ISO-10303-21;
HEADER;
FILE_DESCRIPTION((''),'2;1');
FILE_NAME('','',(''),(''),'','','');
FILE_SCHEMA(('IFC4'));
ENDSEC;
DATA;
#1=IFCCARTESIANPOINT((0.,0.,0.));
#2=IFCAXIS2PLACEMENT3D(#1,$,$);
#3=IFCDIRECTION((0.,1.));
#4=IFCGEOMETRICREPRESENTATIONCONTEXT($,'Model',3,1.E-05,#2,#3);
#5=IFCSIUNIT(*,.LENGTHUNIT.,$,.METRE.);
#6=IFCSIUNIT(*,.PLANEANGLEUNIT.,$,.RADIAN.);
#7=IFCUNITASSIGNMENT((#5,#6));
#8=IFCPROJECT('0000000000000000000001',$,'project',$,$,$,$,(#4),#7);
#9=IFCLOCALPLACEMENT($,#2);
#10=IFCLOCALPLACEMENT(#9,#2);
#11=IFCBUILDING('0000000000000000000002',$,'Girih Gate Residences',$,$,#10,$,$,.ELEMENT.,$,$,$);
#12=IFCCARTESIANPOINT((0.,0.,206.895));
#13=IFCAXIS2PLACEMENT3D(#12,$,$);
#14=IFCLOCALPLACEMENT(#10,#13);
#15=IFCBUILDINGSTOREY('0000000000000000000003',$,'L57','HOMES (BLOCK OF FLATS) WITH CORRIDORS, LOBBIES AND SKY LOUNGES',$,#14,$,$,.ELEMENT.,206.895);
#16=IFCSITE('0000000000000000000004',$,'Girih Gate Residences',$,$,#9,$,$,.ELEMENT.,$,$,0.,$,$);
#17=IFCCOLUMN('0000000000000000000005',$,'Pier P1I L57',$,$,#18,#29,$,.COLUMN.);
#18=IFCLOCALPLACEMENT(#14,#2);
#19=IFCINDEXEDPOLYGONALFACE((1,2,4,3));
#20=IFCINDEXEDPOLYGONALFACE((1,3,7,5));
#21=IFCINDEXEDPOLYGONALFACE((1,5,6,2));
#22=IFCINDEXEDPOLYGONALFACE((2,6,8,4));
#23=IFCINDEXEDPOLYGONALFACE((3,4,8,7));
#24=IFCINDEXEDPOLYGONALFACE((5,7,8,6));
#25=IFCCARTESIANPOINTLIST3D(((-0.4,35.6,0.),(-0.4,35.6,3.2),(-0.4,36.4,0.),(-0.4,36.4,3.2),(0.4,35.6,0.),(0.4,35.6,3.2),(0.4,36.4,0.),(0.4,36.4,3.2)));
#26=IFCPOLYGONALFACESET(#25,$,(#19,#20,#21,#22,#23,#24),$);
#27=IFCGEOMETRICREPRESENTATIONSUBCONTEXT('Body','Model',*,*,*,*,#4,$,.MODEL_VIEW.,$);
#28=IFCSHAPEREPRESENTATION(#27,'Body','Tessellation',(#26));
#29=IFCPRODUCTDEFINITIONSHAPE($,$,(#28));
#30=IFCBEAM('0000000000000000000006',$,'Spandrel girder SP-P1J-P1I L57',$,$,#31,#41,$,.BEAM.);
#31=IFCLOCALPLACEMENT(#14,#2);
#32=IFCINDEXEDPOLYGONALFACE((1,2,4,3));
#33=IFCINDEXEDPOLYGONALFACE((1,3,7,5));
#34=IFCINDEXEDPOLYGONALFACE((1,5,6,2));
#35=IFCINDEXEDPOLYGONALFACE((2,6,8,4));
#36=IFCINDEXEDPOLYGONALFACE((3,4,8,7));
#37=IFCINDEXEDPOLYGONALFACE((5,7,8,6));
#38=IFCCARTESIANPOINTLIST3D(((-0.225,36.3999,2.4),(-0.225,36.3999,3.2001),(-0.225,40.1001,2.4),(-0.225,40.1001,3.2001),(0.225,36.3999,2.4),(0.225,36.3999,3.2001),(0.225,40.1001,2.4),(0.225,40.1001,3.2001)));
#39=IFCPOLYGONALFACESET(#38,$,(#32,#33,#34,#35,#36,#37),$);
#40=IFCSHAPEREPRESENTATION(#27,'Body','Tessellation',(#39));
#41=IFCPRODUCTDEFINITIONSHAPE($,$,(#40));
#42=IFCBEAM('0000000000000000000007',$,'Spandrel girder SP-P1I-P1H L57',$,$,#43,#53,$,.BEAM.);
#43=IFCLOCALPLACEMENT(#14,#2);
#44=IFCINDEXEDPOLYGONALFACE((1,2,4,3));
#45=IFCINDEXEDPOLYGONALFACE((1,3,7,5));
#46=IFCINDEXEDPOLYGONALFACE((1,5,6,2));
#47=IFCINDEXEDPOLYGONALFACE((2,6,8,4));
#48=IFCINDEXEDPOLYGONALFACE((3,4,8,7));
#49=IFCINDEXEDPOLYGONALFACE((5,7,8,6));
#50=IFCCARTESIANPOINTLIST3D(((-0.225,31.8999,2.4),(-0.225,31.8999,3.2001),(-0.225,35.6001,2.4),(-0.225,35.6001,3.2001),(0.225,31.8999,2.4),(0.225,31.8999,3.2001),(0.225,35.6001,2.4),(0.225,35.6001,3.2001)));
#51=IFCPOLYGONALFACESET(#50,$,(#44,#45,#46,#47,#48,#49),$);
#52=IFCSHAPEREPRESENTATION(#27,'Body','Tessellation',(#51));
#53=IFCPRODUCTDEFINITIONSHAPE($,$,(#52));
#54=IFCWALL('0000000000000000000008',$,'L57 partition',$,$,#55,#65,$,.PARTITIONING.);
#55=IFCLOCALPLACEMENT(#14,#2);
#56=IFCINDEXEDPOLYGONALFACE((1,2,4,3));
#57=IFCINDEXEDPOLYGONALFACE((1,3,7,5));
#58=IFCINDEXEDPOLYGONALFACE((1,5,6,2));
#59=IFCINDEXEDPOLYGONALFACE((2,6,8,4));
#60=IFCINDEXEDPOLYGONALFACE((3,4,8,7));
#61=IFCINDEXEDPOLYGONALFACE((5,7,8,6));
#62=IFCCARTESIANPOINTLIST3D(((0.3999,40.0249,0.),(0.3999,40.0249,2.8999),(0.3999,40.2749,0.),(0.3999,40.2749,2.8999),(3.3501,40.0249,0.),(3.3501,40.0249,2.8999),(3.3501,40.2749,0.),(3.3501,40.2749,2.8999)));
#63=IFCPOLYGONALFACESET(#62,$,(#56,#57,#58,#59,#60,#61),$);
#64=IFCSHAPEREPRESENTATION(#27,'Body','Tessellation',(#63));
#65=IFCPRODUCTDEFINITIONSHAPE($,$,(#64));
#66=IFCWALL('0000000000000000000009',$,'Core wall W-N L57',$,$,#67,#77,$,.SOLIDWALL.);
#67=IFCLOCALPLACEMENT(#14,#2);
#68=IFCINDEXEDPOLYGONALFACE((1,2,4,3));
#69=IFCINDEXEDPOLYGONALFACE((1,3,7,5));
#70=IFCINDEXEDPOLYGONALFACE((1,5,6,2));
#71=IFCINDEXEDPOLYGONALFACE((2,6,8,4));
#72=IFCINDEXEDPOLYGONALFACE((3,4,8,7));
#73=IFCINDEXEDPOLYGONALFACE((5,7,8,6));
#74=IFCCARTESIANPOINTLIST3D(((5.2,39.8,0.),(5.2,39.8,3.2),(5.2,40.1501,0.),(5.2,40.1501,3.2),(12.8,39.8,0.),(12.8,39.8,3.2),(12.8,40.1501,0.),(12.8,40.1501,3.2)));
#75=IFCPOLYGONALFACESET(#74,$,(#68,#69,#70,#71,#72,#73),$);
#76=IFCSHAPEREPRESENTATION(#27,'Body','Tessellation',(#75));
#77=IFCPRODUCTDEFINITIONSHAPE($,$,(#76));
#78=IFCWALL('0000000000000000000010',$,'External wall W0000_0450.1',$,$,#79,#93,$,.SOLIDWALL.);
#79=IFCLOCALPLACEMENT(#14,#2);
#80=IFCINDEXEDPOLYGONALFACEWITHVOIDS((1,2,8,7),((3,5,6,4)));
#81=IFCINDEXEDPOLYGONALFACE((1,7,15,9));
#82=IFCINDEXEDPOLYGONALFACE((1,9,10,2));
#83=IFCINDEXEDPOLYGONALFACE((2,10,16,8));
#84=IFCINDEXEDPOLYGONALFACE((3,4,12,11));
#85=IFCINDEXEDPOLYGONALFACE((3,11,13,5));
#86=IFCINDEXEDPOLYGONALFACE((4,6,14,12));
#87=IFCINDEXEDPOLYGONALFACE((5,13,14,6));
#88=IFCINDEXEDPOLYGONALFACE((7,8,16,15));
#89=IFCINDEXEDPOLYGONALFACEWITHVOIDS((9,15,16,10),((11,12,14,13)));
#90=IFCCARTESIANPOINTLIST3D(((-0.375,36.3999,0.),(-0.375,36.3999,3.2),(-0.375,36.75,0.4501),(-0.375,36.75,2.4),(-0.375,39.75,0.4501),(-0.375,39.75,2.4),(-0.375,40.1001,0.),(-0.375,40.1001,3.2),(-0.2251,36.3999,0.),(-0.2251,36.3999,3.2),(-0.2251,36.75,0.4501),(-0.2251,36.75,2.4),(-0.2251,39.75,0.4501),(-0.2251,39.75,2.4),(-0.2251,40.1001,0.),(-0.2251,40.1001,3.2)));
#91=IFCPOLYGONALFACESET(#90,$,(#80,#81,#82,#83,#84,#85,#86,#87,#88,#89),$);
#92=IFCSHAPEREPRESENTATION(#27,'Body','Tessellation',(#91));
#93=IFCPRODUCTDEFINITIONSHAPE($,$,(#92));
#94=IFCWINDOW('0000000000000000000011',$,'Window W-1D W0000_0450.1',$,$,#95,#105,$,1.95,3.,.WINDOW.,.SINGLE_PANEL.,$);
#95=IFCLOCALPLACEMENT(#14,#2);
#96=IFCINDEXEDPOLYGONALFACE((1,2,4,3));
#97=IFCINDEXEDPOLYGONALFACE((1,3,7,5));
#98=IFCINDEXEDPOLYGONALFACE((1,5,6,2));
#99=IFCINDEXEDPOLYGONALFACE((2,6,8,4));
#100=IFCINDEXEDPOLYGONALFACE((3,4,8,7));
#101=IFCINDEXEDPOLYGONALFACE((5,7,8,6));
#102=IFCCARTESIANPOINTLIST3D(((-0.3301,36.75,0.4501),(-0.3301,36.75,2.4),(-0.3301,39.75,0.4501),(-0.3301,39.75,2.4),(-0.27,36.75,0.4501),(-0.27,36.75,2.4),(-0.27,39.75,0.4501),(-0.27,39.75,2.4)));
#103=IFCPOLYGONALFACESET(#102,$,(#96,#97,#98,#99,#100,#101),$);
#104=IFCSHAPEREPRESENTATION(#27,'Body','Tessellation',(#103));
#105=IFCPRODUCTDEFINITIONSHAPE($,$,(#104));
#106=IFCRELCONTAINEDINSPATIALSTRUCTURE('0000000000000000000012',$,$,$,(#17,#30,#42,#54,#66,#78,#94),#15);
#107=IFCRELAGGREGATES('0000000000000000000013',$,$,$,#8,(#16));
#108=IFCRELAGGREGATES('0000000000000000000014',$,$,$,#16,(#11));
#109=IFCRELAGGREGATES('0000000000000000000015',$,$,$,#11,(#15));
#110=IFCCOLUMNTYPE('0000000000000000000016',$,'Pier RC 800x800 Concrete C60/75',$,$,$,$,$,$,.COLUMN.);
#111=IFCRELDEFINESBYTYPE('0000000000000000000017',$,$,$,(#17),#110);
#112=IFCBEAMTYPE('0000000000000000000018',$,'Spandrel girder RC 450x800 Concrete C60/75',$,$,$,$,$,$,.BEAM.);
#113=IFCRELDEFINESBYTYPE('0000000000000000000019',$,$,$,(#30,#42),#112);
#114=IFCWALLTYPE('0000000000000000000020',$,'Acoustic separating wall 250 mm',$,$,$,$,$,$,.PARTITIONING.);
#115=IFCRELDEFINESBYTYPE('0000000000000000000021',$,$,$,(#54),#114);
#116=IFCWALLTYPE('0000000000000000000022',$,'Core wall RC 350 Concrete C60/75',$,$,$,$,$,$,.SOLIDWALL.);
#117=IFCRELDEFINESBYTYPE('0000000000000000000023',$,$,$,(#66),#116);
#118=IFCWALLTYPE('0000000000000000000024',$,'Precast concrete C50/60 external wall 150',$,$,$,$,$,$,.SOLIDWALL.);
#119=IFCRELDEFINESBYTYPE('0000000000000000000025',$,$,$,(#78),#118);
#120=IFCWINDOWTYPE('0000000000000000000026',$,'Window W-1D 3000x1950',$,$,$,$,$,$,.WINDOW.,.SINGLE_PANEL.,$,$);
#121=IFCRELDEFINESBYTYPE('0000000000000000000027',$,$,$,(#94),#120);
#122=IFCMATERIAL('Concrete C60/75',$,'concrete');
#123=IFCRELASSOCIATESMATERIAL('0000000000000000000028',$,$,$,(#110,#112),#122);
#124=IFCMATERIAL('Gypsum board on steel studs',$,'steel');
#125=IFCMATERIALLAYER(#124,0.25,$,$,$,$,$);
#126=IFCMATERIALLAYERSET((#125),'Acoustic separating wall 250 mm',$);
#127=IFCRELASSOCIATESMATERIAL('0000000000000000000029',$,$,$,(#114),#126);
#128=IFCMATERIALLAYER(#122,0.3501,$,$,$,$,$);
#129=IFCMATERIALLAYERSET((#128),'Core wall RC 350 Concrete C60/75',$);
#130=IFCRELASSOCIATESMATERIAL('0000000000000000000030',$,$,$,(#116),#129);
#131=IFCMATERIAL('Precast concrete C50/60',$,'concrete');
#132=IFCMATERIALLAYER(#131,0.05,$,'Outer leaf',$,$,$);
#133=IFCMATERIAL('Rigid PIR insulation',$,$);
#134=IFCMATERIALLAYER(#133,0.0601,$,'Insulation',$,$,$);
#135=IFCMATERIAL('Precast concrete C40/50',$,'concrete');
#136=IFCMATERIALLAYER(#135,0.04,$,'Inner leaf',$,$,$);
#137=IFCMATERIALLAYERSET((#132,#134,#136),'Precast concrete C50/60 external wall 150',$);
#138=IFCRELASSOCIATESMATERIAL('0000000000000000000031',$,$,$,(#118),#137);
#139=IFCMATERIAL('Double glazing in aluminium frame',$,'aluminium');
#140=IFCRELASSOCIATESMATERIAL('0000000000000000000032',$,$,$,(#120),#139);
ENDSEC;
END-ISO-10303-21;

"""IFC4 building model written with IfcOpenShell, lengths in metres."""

from ifc_helpers import new_model, si_unit, direction, frame, frame_2d, origin, origin_2d, place, context, subcontext, project, spatial, rectangle, extrude, material, layer, layer_set, material_profile, profile_set, type_object, element, fill, save


model = new_model("IFC4")

# Units and contexts
model_context = context("Model", 3, precision=1e-05, world=origin(), true_north=direction((0.0, 1.0)))
body_context = subcontext(model_context, "Body", "Model", "MODEL_VIEW")
ifc_project = project(units=[si_unit("LENGTHUNIT", "METRE"), si_unit("PLANEANGLEUNIT", "RADIAN")], contexts=[model_context])

# Site, building, storey
site_placement = place(None, origin())
site = spatial("IfcSite", under=ifc_project, at=site_placement, Name="Girih Gate Residences", CompositionType="ELEMENT", RefElevation=0.0)
building_placement = place(site_placement, origin())
building = spatial("IfcBuilding", under=site, at=building_placement, Name="Girih Gate Residences", CompositionType="ELEMENT")
storey_placement = place(building_placement, frame((0.0, 0.0, 206.895)))
storey = spatial("IfcBuildingStorey", under=building, at=storey_placement, Name="L57", Description="HOMES (BLOCK OF FLATS) WITH CORRIDORS, LOBBIES AND SKY LOUNGES", CompositionType="ELEMENT", Elevation=206.895)

# Column
ifc_material_1 = material(Name="Concrete C60/75", Category="concrete")
ifc_material_profile_1 = material_profile(ifc_material_1, rectangle(XDim=0.8, YDim=0.8, at=origin_2d()))
ifc_profile_set_1 = profile_set([ifc_material_profile_1], Name="Concrete C60/75")
column_type = type_object("IfcColumnType", Name="Pier RC 800x800 Concrete C60/75", PredefinedType="COLUMN", material=ifc_profile_set_1)
column_placement = place(storey_placement, frame((0.0, 36.0, 0.0), z_axis=(0.0, 0.0, 1.0), x_axis=(1.0, 0.0, 0.0)))
element("IfcColumn", 1, at=column_placement, inside=storey, type_object=column_type, Name="Pier P1I L57", PredefinedType="COLUMN", context=body_context, shape_type="SweptSolid", body=[
    extrude(rectangle(XDim=0.8, YDim=0.8, at=origin_2d()), origin(), (0.0, 0.0, 1.0), 3.2),
])

# Beams
ifc_material_profile_2 = material_profile(ifc_material_1, rectangle(XDim=0.45, YDim=0.8, at=origin_2d()))
ifc_profile_set_2 = profile_set([ifc_material_profile_2], Name="Concrete C60/75")
beam_type = type_object("IfcBeamType", Name="Spandrel girder RC 450x800 Concrete C60/75", PredefinedType="BEAM", material=ifc_profile_set_2)
for number, where, z_axis, x_axis, name in (
    (2, (0.0, 40.1001, 2.8), (0.0, -1.0, 0.0), (1.0, 0.0, 0.0), "Spandrel girder SP-P1J-P1I L57"),
    (3, (0.0, 35.6001, 2.8), (0.0, -1.0, 0.0), (1.0, 0.0, 0.0), "Spandrel girder SP-P1I-P1H L57"),
):
    element("IfcBeam", number, at=place(storey_placement, frame(where, z_axis=z_axis, x_axis=x_axis)), inside=storey, type_object=beam_type, Name=name, PredefinedType="BEAM", context=body_context, shape_type="SweptSolid", body=[
        extrude(rectangle(XDim=0.45, YDim=0.8, at=origin_2d()), origin(), (0.0, 0.0, 1.0), 3.7002),
    ])

# Wall
ifc_material_2 = material(Name="Gypsum board on steel studs", Category="steel")
ifc_layer_1 = layer(ifc_material_2, 0.25)
ifc_layer_set_1 = layer_set([ifc_layer_1], Name="Acoustic separating wall 250 mm")
wall_type_1 = type_object("IfcWallType", Name="Acoustic separating wall 250 mm", PredefinedType="PARTITIONING", material=ifc_layer_set_1)
wall_1_placement = place(storey_placement, frame((0.3999, 40.1499, 0.0), z_axis=(0.0, 0.0, 1.0), x_axis=(1.0, 0.0, 0.0)))
element("IfcWall", 4, at=wall_1_placement, inside=storey, type_object=wall_type_1, Name="L57 partition", PredefinedType="PARTITIONING", context=body_context, shape_type="SweptSolid", body=[
    extrude(rectangle(XDim=2.9502, YDim=0.25, at=frame_2d((1.4751, 0.0))), origin(), (0.0, 0.0, 1.0), 2.8999),
])

# Wall
ifc_layer_2 = layer(ifc_material_1, 0.3501)
ifc_layer_set_2 = layer_set([ifc_layer_2], Name="Core wall RC 350 Concrete C60/75")
wall_type_2 = type_object("IfcWallType", Name="Core wall RC 350 Concrete C60/75", PredefinedType="SOLIDWALL", material=ifc_layer_set_2)
wall_2_placement = place(storey_placement, frame((5.2, 39.9751, 0.0), z_axis=(0.0, 0.0, 1.0), x_axis=(1.0, 0.0, 0.0)))
element("IfcWall", 5, at=wall_2_placement, inside=storey, type_object=wall_type_2, Name="Core wall W-N L57", PredefinedType="SOLIDWALL", context=body_context, shape_type="SweptSolid", body=[
    extrude(rectangle(XDim=7.6001, YDim=0.3501, at=frame_2d((3.8, 0.0))), origin(), (0.0, 0.0, 1.0), 3.2),
])

# Wall, opening, window
ifc_material_3 = material(Name="Precast concrete C50/60", Category="concrete")
ifc_layer_3 = layer(ifc_material_3, 0.05, Name="Outer leaf")
ifc_material_4 = material(Name="Rigid PIR insulation")
ifc_layer_4 = layer(ifc_material_4, 0.0601, Name="Insulation")
ifc_material_5 = material(Name="Precast concrete C40/50", Category="concrete")
ifc_layer_5 = layer(ifc_material_5, 0.04, Name="Inner leaf")
ifc_layer_set_3 = layer_set([ifc_layer_3, ifc_layer_4, ifc_layer_5], Name="Precast concrete C50/60 external wall 150")
wall_type_3 = type_object("IfcWallType", Name="Precast concrete C50/60 external wall 150", PredefinedType="SOLIDWALL", material=ifc_layer_set_3)
wall_3_placement = place(storey_placement, frame((-0.3, 36.3999, 0.0), z_axis=(0.0, 0.0, 1.0), x_axis=(0.0, 1.0, 0.0)))
wall_3 = element("IfcWall", 6, at=wall_3_placement, inside=storey, type_object=wall_type_3, Name="External wall W0000_0450.1", PredefinedType="SOLIDWALL", context=body_context, shape_type="SweptSolid", body=[
    extrude(rectangle(XDim=3.7002, YDim=0.1499, at=frame_2d((1.8501, 0.0))), origin(), (0.0, 0.0, 1.0), 3.2),
])
opening_1_placement = place(wall_3_placement, frame((0.3501, 0.0, 0.45)))
opening_1 = element("IfcOpeningElement", 7, at=opening_1_placement, cuts=wall_3, PredefinedType="OPENING", context=body_context, shape_type="SweptSolid", body=[
    extrude(rectangle(XDim=3.0, YDim=1.95, at=frame_2d((1.5, 0.9751))), frame((0.0, 0.085, 0.0), z_axis=(0.0, -1.0, 0.0), x_axis=(1.0, 0.0, 0.0)), (0.0, 0.0, 1.0), 0.1699),
])
ifc_material_6 = material(Name="Double glazing in aluminium frame", Category="aluminium")
window_type = type_object("IfcWindowType", Name="Window W-1D 3000x1950", PartitioningType="SINGLE_PANEL", PredefinedType="WINDOW", material=ifc_material_6)
window_placement = place(opening_1_placement, origin())
window = element("IfcWindow", 8, at=window_placement, inside=storey, type_object=window_type, Name="Window W-1D W0000_0450.1", OverallHeight=1.95, OverallWidth=3.0, PartitioningType="SINGLE_PANEL", PredefinedType="WINDOW", context=body_context, shape_type="SweptSolid", body=[
    extrude(rectangle(XDim=3.0, YDim=1.95, at=frame_2d((1.5, 0.9751))), frame((0.0, 0.03, 0.0), z_axis=(0.0, -1.0, 0.0), x_axis=(1.0, 0.0, 0.0)), (0.0, 0.0, 1.0), 0.0601),
])
fill(opening_1, window)

save(model, "model.ifc")
